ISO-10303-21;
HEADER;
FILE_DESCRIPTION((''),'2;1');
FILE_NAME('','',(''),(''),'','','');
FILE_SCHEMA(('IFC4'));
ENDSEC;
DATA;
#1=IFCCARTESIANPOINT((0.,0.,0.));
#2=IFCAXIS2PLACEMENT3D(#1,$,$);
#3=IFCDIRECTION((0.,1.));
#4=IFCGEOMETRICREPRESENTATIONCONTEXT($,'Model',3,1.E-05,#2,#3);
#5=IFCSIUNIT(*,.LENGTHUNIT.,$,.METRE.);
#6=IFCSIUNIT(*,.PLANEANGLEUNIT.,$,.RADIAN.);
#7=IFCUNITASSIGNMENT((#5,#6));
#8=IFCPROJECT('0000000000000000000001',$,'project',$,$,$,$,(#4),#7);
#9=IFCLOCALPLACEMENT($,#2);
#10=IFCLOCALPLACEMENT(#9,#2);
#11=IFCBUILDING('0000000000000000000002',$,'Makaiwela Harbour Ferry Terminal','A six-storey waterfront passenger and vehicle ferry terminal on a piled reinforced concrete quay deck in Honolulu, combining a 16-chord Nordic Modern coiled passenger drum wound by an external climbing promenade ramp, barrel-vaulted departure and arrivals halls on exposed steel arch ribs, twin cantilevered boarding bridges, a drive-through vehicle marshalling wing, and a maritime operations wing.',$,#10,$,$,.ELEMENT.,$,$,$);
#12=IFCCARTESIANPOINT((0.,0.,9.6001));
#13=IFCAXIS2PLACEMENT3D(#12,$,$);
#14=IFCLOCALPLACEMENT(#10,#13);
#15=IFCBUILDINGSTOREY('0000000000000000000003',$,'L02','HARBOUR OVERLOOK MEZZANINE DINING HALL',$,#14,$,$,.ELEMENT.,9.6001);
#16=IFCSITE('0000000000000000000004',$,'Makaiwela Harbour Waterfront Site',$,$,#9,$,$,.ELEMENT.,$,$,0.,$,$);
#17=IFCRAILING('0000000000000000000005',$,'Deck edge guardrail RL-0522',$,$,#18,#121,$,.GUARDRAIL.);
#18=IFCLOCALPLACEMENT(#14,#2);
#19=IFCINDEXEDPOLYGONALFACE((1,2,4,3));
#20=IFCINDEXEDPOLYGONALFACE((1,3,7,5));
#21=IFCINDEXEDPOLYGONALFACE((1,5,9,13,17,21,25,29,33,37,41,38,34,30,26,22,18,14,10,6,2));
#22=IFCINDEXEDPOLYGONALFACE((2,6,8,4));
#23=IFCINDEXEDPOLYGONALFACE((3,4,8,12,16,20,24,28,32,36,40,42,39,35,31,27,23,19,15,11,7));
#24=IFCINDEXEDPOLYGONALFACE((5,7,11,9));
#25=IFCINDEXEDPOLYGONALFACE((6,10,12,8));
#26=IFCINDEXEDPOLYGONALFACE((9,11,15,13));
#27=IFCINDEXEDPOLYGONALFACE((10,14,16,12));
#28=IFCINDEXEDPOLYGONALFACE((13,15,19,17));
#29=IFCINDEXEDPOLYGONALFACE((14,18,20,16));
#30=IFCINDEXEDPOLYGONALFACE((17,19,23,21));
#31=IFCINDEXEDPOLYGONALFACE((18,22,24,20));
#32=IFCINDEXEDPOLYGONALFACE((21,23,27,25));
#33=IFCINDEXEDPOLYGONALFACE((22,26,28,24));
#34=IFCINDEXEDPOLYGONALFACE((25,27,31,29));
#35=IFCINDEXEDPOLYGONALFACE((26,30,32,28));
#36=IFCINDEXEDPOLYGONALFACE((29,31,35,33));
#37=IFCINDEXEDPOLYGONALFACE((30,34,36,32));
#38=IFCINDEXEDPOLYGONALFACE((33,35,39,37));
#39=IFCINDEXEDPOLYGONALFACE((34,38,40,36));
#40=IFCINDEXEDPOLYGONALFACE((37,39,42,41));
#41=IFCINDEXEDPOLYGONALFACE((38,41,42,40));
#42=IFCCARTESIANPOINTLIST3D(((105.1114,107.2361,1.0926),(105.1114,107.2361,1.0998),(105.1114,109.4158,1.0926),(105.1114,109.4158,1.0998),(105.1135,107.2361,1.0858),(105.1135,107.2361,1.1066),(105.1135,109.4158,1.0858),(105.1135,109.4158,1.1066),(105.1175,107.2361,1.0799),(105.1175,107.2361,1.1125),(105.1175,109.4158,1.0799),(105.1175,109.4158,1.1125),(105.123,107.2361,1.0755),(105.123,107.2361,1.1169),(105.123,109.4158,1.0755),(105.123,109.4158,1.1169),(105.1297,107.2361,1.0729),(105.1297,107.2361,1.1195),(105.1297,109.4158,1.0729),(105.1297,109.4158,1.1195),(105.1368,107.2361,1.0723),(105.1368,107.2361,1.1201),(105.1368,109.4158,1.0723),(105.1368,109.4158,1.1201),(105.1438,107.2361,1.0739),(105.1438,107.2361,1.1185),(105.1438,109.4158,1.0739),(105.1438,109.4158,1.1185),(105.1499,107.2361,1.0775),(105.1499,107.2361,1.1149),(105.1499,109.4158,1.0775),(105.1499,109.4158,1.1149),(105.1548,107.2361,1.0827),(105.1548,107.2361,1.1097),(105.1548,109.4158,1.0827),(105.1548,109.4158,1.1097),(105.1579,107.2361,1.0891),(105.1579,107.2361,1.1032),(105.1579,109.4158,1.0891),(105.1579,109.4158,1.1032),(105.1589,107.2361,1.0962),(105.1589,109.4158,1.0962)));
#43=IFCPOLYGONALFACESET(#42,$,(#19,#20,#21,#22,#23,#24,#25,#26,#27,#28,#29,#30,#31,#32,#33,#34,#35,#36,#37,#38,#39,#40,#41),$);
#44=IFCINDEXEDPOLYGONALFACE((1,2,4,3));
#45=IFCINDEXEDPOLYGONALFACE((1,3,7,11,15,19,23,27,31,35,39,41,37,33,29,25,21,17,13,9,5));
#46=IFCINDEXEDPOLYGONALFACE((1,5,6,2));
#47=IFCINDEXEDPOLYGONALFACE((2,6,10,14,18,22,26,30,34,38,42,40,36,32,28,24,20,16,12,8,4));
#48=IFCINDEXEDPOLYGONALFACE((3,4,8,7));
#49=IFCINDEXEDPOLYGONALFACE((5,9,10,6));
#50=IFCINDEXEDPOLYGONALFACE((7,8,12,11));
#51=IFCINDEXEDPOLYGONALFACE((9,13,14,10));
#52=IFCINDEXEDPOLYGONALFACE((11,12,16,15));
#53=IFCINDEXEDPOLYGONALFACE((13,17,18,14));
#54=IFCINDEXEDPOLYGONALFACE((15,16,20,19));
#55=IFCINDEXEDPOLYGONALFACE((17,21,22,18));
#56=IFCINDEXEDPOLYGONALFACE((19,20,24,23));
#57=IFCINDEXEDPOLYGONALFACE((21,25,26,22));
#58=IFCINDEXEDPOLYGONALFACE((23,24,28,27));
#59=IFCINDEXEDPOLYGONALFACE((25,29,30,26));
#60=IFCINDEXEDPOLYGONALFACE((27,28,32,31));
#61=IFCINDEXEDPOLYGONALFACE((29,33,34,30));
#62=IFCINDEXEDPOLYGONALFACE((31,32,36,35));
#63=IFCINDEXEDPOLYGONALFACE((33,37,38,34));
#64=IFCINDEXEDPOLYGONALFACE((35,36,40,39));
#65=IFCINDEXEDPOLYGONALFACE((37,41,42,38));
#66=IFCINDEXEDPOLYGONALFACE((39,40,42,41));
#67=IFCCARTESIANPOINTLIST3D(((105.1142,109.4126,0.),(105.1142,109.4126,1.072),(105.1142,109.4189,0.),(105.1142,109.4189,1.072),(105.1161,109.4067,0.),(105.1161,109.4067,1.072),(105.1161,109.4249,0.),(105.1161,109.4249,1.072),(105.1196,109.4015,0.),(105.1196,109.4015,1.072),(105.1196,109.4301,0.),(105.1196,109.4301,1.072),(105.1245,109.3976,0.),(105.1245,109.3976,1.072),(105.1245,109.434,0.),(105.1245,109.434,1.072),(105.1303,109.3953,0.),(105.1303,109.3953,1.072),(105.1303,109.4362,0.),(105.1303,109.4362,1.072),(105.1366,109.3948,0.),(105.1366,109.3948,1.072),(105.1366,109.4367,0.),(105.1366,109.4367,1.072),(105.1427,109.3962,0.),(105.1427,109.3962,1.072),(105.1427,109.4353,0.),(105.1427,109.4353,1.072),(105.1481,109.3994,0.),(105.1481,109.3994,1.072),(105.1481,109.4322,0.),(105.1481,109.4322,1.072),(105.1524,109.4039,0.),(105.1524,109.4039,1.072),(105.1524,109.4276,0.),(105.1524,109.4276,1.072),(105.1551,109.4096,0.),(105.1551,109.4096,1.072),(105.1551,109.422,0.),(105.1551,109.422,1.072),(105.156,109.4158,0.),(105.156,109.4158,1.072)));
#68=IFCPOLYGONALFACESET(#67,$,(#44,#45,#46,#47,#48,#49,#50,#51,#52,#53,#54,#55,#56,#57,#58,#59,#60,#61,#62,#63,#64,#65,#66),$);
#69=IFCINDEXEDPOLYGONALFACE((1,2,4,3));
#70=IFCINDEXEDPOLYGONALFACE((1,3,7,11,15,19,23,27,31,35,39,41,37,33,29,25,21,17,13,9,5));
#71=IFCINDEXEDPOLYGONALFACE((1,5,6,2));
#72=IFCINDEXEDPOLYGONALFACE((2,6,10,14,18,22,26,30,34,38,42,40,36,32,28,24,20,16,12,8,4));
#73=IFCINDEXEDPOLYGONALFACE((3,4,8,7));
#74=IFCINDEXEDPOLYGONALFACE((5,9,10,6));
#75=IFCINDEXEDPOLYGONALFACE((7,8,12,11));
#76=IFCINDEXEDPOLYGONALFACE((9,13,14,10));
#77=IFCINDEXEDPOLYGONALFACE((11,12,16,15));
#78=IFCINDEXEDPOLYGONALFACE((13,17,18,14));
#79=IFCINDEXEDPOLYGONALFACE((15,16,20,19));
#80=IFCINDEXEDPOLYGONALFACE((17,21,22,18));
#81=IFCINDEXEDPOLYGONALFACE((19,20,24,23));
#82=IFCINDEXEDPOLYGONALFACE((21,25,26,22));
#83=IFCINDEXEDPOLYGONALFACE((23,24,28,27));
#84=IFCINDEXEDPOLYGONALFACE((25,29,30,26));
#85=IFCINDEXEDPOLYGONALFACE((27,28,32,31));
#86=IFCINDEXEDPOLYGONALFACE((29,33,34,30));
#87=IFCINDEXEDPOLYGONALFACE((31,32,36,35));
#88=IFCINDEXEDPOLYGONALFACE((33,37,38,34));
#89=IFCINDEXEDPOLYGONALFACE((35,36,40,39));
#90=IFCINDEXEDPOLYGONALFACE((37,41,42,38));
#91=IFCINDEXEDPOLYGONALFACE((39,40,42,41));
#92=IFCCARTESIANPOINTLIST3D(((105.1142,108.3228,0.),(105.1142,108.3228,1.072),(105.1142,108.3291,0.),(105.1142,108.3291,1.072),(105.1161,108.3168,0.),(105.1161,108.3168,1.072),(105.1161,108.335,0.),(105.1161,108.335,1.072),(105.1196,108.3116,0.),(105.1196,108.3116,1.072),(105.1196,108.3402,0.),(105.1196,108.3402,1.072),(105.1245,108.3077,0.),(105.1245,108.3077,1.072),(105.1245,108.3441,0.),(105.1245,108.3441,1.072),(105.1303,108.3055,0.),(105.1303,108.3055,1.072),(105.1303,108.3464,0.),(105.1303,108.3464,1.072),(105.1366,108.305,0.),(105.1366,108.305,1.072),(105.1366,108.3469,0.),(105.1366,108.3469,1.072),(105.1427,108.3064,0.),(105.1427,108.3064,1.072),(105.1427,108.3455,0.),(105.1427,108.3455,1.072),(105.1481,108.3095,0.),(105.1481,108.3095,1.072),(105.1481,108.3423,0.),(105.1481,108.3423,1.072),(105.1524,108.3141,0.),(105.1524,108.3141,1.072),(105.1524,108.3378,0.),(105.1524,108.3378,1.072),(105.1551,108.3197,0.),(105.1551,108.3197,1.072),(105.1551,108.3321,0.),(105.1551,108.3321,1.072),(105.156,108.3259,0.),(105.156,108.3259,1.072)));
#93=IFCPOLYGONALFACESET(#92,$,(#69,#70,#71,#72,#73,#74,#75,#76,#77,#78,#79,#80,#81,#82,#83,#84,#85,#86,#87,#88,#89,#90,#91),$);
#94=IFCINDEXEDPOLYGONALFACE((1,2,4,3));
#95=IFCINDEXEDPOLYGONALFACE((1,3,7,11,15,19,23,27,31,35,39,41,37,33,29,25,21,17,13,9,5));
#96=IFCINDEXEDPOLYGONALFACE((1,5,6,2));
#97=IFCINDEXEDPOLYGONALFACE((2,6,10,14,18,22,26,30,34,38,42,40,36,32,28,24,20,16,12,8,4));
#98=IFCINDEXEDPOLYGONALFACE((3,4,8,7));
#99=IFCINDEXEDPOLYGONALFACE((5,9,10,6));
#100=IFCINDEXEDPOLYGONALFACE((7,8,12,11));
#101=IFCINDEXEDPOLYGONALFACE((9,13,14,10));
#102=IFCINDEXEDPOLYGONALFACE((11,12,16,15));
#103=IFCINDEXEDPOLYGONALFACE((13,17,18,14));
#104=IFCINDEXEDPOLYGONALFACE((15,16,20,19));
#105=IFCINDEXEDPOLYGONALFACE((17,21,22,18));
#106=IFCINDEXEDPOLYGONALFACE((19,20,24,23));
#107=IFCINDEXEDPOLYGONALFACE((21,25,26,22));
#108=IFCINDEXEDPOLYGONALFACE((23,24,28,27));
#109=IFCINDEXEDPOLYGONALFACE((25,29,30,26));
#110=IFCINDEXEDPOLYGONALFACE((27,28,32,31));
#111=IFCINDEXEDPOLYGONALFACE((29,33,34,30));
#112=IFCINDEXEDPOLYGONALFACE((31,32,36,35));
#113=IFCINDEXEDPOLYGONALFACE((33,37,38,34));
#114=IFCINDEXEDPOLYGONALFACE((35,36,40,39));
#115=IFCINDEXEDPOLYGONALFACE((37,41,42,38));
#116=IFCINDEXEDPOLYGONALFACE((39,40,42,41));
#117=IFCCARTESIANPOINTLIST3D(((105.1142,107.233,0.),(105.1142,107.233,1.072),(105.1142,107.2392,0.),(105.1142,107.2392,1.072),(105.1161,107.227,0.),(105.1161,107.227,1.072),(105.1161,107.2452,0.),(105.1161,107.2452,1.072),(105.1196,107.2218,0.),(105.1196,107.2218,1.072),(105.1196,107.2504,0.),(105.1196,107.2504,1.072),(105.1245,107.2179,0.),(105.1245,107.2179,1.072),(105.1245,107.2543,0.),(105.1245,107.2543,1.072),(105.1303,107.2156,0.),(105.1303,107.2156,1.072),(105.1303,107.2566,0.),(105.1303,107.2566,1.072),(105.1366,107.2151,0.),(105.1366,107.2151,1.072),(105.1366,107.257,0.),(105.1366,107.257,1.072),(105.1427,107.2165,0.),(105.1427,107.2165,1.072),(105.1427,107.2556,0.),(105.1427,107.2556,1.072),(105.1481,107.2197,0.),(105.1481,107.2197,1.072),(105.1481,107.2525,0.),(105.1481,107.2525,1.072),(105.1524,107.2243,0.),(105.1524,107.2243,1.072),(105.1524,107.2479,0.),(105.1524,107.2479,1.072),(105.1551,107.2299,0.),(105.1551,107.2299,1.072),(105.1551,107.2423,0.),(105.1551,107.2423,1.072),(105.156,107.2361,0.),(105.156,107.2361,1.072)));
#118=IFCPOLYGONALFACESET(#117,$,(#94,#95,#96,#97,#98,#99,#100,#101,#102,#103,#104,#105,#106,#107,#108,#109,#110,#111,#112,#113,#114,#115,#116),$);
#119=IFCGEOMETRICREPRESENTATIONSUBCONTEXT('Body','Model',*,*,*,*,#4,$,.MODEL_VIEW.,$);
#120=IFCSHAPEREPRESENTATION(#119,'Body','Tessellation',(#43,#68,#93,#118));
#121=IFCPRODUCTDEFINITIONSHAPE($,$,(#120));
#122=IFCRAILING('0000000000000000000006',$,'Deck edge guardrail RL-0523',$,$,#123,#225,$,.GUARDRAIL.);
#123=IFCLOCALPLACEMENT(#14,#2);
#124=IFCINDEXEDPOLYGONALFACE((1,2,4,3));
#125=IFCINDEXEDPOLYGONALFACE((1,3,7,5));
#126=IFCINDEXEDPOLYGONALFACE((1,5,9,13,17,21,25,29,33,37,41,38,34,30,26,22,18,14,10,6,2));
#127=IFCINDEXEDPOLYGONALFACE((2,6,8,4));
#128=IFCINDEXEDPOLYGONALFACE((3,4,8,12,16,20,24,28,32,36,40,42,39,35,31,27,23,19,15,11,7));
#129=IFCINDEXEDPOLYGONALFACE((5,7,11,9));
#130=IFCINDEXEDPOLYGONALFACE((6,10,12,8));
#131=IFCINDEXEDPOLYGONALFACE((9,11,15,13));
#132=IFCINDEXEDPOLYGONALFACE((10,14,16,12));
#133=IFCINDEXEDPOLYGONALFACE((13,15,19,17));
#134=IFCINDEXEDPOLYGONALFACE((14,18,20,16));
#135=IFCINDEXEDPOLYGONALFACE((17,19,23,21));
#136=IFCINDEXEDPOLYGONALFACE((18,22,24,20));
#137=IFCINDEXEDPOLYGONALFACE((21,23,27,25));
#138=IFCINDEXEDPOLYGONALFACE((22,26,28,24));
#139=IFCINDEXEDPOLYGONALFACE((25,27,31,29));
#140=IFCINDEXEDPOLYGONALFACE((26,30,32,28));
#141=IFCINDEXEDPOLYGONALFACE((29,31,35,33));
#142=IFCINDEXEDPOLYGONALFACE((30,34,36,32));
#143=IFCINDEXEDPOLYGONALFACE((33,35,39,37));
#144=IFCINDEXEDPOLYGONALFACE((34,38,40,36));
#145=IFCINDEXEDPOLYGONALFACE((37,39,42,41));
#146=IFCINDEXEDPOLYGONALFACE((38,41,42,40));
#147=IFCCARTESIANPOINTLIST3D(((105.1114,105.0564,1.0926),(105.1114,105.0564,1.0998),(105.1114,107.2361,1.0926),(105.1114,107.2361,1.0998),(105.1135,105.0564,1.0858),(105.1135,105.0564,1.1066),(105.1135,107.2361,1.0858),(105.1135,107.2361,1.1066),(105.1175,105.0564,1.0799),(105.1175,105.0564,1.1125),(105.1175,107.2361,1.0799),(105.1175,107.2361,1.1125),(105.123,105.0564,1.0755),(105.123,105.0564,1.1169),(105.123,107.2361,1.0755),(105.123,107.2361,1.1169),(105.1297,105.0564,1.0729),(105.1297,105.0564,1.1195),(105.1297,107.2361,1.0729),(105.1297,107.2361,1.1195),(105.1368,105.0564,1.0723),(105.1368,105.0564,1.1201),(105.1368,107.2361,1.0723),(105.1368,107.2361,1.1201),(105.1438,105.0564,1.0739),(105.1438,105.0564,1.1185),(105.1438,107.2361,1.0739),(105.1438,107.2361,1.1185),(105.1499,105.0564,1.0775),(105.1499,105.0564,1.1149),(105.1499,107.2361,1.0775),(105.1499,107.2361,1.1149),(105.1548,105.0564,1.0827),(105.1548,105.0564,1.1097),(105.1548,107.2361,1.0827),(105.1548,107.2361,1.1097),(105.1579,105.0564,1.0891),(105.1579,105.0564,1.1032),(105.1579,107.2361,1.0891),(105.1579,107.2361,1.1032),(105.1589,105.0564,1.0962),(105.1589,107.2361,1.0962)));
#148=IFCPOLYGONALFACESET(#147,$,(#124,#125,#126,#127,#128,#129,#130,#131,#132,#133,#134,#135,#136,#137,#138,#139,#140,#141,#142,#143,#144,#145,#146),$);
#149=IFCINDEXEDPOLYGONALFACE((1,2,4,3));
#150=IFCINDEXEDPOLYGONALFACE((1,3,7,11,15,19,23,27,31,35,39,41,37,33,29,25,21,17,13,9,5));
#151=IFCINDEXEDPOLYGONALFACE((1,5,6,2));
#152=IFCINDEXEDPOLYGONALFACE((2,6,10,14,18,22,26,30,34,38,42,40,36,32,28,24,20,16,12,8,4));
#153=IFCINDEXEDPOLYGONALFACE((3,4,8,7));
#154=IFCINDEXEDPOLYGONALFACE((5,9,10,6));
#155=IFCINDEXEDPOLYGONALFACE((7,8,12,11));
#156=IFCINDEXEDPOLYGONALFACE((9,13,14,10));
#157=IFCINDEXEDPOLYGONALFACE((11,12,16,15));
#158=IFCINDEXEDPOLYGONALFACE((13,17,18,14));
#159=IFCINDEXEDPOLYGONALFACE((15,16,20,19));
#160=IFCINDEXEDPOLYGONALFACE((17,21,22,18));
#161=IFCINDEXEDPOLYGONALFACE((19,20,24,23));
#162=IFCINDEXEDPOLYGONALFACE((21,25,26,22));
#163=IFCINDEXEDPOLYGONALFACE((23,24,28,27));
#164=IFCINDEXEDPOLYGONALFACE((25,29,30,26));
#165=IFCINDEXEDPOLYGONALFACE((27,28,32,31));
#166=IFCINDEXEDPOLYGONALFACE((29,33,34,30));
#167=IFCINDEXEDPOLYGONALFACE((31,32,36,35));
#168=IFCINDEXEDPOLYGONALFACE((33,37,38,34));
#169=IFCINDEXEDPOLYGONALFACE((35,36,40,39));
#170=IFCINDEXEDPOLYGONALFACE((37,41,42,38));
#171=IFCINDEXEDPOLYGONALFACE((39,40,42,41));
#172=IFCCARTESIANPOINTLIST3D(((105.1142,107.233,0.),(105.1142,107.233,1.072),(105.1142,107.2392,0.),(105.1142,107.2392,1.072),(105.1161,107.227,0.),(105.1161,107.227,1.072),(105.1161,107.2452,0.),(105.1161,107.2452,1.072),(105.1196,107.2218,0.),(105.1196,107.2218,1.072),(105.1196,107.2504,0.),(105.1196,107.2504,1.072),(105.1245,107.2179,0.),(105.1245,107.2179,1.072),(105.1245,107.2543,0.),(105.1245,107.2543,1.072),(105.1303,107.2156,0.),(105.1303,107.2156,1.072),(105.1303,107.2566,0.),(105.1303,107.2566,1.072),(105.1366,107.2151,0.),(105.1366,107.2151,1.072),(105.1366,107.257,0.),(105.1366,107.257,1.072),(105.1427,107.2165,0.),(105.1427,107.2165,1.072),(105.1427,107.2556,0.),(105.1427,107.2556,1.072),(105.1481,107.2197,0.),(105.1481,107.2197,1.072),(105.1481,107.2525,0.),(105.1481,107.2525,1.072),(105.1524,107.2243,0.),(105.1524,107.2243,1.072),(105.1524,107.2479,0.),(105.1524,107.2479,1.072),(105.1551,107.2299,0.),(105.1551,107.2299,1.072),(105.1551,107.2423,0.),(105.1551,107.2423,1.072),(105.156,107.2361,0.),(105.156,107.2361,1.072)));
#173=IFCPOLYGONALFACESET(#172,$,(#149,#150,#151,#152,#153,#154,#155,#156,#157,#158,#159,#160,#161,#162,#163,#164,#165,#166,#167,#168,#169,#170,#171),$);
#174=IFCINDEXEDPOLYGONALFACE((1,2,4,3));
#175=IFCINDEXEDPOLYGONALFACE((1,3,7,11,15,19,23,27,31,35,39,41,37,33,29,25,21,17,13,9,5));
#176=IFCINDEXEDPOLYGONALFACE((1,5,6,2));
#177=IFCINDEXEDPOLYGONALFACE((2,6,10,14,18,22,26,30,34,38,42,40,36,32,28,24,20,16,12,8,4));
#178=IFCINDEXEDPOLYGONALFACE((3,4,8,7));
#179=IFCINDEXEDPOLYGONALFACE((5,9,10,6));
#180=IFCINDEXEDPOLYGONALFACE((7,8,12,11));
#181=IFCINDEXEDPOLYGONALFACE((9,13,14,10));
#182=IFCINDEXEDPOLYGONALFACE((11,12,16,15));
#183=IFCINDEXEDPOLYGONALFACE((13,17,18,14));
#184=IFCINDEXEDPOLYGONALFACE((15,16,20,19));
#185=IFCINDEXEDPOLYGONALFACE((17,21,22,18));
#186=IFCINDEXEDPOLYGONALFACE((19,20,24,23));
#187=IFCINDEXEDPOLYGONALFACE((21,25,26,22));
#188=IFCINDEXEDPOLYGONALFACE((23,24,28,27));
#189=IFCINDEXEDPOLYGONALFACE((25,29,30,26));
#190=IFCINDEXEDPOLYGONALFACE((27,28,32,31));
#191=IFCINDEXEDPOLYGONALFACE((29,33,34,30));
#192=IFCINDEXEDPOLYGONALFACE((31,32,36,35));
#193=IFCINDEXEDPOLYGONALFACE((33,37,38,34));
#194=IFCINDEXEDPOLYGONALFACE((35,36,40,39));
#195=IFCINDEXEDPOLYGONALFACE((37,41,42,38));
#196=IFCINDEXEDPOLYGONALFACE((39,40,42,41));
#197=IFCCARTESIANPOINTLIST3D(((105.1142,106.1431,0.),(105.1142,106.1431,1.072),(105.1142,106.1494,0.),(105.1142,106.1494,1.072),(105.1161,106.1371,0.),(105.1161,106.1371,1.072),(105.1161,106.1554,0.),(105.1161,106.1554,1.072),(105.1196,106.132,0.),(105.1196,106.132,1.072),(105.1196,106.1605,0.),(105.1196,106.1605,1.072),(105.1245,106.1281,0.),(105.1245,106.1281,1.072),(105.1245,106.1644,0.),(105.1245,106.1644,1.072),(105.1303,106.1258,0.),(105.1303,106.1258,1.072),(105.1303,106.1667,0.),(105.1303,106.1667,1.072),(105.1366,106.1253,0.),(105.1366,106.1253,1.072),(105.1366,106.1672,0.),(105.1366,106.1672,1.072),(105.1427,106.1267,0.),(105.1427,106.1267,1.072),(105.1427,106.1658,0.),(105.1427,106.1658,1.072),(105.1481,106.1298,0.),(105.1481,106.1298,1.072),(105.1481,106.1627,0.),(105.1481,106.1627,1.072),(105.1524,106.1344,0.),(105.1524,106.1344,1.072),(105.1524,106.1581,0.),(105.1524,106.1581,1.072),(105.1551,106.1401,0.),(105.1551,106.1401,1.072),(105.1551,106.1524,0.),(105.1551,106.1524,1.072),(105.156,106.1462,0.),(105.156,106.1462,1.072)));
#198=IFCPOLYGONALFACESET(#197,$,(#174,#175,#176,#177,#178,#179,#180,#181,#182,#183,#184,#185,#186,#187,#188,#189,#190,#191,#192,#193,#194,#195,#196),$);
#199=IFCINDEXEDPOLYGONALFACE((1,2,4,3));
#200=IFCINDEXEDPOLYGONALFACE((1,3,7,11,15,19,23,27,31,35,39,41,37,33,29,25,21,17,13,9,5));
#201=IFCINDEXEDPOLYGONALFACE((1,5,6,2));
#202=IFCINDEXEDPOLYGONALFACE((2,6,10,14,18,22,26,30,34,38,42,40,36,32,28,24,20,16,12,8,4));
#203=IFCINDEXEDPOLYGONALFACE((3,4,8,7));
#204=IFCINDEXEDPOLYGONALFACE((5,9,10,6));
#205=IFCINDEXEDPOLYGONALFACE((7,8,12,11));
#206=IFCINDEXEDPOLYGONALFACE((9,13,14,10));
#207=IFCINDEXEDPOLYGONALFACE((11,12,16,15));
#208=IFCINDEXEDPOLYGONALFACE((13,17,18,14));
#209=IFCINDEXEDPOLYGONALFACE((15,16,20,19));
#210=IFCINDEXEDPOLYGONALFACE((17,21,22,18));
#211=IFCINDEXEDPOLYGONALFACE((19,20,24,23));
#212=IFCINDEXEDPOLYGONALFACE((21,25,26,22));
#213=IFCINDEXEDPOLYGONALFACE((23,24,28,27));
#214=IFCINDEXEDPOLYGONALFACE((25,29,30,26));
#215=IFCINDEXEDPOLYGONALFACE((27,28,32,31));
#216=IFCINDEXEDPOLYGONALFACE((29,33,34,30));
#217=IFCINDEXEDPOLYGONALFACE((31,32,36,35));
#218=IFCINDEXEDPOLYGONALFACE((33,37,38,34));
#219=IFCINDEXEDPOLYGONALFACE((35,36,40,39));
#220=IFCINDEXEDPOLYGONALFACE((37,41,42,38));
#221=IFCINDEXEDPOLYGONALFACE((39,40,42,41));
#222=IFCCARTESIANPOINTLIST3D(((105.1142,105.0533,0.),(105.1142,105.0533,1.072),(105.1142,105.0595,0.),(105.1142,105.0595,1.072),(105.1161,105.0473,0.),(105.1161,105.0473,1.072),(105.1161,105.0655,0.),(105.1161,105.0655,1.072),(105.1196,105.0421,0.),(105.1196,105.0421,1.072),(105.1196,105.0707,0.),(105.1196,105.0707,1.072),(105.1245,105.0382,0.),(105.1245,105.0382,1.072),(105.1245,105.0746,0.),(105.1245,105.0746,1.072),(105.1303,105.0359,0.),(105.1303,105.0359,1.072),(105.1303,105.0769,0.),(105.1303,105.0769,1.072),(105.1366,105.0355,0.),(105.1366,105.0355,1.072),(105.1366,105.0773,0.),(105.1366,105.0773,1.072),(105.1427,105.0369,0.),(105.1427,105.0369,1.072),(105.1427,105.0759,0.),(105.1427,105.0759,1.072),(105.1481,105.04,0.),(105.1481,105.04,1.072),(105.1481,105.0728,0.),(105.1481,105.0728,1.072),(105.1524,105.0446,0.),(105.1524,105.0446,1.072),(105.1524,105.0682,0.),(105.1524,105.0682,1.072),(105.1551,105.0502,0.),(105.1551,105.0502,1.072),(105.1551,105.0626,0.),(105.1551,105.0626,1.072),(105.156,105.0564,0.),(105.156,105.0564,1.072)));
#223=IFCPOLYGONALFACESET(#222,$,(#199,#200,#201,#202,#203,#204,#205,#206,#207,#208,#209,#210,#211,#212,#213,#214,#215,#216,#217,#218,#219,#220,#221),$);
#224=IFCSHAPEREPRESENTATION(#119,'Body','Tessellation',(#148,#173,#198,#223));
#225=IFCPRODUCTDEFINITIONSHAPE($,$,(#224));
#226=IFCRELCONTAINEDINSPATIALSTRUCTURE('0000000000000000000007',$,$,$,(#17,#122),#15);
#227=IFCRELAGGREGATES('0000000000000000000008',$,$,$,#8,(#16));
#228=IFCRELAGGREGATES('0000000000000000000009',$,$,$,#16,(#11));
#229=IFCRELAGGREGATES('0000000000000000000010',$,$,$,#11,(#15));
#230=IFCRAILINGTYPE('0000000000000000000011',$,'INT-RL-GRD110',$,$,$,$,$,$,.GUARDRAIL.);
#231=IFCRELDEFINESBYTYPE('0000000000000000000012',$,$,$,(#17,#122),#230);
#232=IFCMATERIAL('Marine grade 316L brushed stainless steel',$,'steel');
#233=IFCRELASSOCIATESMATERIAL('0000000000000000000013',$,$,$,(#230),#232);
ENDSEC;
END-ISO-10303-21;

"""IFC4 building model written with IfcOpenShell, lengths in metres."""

from ifc_helpers import new_model, si_unit, direction, frame, origin, origin_2d, place, context, subcontext, project, spatial, circle, extrude, material, type_object, element, save


model = new_model("IFC4")

# Units and contexts
model_context = context("Model", 3, precision=1e-05, world=origin(), true_north=direction((0.0, 1.0)))
body_context = subcontext(model_context, "Body", "Model", "MODEL_VIEW")
ifc_project = project(units=[si_unit("LENGTHUNIT", "METRE"), si_unit("PLANEANGLEUNIT", "RADIAN")], contexts=[model_context])

# Site, building, storey
site_placement = place(None, origin())
site = spatial("IfcSite", under=ifc_project, at=site_placement, Name="Makaiwela Harbour Waterfront Site", CompositionType="ELEMENT", RefElevation=0.0)
building_placement = place(site_placement, origin())
building = spatial("IfcBuilding", under=site, at=building_placement, Name="Makaiwela Harbour Ferry Terminal", Description="A six-storey waterfront passenger and vehicle ferry terminal on a piled reinforced concrete quay deck in Honolulu, combining a 16-chord Nordic Modern coiled passenger drum wound by an external climbing promenade ramp, barrel-vaulted departure and arrivals halls on exposed steel arch ribs, twin cantilevered boarding bridges, a drive-through vehicle marshalling wing, and a maritime operations wing.", CompositionType="ELEMENT")
storey_placement = place(building_placement, frame((0.0, 0.0, 9.6001)))
storey = spatial("IfcBuildingStorey", under=building, at=storey_placement, Name="L02", Description="HARBOUR OVERLOOK MEZZANINE DINING HALL", CompositionType="ELEMENT", Elevation=9.6001)

# Railings
ifc_material_1 = material(Name="Marine grade 316L brushed stainless steel", Category="steel")
railing_type = type_object("IfcRailingType", Name="INT-RL-GRD110", PredefinedType="GUARDRAIL", material=ifc_material_1)
for number, where, name in (
    (1, (105.135, 109.4158, 0.0), "Deck edge guardrail RL-0522"),
    (2, (105.135, 107.2361, 0.0), "Deck edge guardrail RL-0523"),
):
    element("IfcRailing", number, at=place(storey_placement, frame(where)), inside=storey, type_object=railing_type, Name=name, PredefinedType="GUARDRAIL", context=body_context, shape_type="SweptSolid", body=[
        extrude(circle(Radius=0.0239, at=origin_2d()), frame((0.0, 0.0, 1.0962), z_axis=(0.0, -1.0, 0.0), x_axis=(1.0, 0.0, 0.0)), (0.0, 0.0, 1.0), 2.1797),
        extrude(circle(Radius=0.021, at=origin_2d()), origin(), (0.0, 0.0, 1.0), 1.072),
        extrude(circle(Radius=0.021, at=origin_2d()), frame((0.0, -1.0898, 0.0)), (0.0, 0.0, 1.0), 1.072),
        extrude(circle(Radius=0.021, at=origin_2d()), frame((0.0, -2.1797, 0.0)), (0.0, 0.0, 1.0), 1.072),
    ])

save(model, "model.ifc")
